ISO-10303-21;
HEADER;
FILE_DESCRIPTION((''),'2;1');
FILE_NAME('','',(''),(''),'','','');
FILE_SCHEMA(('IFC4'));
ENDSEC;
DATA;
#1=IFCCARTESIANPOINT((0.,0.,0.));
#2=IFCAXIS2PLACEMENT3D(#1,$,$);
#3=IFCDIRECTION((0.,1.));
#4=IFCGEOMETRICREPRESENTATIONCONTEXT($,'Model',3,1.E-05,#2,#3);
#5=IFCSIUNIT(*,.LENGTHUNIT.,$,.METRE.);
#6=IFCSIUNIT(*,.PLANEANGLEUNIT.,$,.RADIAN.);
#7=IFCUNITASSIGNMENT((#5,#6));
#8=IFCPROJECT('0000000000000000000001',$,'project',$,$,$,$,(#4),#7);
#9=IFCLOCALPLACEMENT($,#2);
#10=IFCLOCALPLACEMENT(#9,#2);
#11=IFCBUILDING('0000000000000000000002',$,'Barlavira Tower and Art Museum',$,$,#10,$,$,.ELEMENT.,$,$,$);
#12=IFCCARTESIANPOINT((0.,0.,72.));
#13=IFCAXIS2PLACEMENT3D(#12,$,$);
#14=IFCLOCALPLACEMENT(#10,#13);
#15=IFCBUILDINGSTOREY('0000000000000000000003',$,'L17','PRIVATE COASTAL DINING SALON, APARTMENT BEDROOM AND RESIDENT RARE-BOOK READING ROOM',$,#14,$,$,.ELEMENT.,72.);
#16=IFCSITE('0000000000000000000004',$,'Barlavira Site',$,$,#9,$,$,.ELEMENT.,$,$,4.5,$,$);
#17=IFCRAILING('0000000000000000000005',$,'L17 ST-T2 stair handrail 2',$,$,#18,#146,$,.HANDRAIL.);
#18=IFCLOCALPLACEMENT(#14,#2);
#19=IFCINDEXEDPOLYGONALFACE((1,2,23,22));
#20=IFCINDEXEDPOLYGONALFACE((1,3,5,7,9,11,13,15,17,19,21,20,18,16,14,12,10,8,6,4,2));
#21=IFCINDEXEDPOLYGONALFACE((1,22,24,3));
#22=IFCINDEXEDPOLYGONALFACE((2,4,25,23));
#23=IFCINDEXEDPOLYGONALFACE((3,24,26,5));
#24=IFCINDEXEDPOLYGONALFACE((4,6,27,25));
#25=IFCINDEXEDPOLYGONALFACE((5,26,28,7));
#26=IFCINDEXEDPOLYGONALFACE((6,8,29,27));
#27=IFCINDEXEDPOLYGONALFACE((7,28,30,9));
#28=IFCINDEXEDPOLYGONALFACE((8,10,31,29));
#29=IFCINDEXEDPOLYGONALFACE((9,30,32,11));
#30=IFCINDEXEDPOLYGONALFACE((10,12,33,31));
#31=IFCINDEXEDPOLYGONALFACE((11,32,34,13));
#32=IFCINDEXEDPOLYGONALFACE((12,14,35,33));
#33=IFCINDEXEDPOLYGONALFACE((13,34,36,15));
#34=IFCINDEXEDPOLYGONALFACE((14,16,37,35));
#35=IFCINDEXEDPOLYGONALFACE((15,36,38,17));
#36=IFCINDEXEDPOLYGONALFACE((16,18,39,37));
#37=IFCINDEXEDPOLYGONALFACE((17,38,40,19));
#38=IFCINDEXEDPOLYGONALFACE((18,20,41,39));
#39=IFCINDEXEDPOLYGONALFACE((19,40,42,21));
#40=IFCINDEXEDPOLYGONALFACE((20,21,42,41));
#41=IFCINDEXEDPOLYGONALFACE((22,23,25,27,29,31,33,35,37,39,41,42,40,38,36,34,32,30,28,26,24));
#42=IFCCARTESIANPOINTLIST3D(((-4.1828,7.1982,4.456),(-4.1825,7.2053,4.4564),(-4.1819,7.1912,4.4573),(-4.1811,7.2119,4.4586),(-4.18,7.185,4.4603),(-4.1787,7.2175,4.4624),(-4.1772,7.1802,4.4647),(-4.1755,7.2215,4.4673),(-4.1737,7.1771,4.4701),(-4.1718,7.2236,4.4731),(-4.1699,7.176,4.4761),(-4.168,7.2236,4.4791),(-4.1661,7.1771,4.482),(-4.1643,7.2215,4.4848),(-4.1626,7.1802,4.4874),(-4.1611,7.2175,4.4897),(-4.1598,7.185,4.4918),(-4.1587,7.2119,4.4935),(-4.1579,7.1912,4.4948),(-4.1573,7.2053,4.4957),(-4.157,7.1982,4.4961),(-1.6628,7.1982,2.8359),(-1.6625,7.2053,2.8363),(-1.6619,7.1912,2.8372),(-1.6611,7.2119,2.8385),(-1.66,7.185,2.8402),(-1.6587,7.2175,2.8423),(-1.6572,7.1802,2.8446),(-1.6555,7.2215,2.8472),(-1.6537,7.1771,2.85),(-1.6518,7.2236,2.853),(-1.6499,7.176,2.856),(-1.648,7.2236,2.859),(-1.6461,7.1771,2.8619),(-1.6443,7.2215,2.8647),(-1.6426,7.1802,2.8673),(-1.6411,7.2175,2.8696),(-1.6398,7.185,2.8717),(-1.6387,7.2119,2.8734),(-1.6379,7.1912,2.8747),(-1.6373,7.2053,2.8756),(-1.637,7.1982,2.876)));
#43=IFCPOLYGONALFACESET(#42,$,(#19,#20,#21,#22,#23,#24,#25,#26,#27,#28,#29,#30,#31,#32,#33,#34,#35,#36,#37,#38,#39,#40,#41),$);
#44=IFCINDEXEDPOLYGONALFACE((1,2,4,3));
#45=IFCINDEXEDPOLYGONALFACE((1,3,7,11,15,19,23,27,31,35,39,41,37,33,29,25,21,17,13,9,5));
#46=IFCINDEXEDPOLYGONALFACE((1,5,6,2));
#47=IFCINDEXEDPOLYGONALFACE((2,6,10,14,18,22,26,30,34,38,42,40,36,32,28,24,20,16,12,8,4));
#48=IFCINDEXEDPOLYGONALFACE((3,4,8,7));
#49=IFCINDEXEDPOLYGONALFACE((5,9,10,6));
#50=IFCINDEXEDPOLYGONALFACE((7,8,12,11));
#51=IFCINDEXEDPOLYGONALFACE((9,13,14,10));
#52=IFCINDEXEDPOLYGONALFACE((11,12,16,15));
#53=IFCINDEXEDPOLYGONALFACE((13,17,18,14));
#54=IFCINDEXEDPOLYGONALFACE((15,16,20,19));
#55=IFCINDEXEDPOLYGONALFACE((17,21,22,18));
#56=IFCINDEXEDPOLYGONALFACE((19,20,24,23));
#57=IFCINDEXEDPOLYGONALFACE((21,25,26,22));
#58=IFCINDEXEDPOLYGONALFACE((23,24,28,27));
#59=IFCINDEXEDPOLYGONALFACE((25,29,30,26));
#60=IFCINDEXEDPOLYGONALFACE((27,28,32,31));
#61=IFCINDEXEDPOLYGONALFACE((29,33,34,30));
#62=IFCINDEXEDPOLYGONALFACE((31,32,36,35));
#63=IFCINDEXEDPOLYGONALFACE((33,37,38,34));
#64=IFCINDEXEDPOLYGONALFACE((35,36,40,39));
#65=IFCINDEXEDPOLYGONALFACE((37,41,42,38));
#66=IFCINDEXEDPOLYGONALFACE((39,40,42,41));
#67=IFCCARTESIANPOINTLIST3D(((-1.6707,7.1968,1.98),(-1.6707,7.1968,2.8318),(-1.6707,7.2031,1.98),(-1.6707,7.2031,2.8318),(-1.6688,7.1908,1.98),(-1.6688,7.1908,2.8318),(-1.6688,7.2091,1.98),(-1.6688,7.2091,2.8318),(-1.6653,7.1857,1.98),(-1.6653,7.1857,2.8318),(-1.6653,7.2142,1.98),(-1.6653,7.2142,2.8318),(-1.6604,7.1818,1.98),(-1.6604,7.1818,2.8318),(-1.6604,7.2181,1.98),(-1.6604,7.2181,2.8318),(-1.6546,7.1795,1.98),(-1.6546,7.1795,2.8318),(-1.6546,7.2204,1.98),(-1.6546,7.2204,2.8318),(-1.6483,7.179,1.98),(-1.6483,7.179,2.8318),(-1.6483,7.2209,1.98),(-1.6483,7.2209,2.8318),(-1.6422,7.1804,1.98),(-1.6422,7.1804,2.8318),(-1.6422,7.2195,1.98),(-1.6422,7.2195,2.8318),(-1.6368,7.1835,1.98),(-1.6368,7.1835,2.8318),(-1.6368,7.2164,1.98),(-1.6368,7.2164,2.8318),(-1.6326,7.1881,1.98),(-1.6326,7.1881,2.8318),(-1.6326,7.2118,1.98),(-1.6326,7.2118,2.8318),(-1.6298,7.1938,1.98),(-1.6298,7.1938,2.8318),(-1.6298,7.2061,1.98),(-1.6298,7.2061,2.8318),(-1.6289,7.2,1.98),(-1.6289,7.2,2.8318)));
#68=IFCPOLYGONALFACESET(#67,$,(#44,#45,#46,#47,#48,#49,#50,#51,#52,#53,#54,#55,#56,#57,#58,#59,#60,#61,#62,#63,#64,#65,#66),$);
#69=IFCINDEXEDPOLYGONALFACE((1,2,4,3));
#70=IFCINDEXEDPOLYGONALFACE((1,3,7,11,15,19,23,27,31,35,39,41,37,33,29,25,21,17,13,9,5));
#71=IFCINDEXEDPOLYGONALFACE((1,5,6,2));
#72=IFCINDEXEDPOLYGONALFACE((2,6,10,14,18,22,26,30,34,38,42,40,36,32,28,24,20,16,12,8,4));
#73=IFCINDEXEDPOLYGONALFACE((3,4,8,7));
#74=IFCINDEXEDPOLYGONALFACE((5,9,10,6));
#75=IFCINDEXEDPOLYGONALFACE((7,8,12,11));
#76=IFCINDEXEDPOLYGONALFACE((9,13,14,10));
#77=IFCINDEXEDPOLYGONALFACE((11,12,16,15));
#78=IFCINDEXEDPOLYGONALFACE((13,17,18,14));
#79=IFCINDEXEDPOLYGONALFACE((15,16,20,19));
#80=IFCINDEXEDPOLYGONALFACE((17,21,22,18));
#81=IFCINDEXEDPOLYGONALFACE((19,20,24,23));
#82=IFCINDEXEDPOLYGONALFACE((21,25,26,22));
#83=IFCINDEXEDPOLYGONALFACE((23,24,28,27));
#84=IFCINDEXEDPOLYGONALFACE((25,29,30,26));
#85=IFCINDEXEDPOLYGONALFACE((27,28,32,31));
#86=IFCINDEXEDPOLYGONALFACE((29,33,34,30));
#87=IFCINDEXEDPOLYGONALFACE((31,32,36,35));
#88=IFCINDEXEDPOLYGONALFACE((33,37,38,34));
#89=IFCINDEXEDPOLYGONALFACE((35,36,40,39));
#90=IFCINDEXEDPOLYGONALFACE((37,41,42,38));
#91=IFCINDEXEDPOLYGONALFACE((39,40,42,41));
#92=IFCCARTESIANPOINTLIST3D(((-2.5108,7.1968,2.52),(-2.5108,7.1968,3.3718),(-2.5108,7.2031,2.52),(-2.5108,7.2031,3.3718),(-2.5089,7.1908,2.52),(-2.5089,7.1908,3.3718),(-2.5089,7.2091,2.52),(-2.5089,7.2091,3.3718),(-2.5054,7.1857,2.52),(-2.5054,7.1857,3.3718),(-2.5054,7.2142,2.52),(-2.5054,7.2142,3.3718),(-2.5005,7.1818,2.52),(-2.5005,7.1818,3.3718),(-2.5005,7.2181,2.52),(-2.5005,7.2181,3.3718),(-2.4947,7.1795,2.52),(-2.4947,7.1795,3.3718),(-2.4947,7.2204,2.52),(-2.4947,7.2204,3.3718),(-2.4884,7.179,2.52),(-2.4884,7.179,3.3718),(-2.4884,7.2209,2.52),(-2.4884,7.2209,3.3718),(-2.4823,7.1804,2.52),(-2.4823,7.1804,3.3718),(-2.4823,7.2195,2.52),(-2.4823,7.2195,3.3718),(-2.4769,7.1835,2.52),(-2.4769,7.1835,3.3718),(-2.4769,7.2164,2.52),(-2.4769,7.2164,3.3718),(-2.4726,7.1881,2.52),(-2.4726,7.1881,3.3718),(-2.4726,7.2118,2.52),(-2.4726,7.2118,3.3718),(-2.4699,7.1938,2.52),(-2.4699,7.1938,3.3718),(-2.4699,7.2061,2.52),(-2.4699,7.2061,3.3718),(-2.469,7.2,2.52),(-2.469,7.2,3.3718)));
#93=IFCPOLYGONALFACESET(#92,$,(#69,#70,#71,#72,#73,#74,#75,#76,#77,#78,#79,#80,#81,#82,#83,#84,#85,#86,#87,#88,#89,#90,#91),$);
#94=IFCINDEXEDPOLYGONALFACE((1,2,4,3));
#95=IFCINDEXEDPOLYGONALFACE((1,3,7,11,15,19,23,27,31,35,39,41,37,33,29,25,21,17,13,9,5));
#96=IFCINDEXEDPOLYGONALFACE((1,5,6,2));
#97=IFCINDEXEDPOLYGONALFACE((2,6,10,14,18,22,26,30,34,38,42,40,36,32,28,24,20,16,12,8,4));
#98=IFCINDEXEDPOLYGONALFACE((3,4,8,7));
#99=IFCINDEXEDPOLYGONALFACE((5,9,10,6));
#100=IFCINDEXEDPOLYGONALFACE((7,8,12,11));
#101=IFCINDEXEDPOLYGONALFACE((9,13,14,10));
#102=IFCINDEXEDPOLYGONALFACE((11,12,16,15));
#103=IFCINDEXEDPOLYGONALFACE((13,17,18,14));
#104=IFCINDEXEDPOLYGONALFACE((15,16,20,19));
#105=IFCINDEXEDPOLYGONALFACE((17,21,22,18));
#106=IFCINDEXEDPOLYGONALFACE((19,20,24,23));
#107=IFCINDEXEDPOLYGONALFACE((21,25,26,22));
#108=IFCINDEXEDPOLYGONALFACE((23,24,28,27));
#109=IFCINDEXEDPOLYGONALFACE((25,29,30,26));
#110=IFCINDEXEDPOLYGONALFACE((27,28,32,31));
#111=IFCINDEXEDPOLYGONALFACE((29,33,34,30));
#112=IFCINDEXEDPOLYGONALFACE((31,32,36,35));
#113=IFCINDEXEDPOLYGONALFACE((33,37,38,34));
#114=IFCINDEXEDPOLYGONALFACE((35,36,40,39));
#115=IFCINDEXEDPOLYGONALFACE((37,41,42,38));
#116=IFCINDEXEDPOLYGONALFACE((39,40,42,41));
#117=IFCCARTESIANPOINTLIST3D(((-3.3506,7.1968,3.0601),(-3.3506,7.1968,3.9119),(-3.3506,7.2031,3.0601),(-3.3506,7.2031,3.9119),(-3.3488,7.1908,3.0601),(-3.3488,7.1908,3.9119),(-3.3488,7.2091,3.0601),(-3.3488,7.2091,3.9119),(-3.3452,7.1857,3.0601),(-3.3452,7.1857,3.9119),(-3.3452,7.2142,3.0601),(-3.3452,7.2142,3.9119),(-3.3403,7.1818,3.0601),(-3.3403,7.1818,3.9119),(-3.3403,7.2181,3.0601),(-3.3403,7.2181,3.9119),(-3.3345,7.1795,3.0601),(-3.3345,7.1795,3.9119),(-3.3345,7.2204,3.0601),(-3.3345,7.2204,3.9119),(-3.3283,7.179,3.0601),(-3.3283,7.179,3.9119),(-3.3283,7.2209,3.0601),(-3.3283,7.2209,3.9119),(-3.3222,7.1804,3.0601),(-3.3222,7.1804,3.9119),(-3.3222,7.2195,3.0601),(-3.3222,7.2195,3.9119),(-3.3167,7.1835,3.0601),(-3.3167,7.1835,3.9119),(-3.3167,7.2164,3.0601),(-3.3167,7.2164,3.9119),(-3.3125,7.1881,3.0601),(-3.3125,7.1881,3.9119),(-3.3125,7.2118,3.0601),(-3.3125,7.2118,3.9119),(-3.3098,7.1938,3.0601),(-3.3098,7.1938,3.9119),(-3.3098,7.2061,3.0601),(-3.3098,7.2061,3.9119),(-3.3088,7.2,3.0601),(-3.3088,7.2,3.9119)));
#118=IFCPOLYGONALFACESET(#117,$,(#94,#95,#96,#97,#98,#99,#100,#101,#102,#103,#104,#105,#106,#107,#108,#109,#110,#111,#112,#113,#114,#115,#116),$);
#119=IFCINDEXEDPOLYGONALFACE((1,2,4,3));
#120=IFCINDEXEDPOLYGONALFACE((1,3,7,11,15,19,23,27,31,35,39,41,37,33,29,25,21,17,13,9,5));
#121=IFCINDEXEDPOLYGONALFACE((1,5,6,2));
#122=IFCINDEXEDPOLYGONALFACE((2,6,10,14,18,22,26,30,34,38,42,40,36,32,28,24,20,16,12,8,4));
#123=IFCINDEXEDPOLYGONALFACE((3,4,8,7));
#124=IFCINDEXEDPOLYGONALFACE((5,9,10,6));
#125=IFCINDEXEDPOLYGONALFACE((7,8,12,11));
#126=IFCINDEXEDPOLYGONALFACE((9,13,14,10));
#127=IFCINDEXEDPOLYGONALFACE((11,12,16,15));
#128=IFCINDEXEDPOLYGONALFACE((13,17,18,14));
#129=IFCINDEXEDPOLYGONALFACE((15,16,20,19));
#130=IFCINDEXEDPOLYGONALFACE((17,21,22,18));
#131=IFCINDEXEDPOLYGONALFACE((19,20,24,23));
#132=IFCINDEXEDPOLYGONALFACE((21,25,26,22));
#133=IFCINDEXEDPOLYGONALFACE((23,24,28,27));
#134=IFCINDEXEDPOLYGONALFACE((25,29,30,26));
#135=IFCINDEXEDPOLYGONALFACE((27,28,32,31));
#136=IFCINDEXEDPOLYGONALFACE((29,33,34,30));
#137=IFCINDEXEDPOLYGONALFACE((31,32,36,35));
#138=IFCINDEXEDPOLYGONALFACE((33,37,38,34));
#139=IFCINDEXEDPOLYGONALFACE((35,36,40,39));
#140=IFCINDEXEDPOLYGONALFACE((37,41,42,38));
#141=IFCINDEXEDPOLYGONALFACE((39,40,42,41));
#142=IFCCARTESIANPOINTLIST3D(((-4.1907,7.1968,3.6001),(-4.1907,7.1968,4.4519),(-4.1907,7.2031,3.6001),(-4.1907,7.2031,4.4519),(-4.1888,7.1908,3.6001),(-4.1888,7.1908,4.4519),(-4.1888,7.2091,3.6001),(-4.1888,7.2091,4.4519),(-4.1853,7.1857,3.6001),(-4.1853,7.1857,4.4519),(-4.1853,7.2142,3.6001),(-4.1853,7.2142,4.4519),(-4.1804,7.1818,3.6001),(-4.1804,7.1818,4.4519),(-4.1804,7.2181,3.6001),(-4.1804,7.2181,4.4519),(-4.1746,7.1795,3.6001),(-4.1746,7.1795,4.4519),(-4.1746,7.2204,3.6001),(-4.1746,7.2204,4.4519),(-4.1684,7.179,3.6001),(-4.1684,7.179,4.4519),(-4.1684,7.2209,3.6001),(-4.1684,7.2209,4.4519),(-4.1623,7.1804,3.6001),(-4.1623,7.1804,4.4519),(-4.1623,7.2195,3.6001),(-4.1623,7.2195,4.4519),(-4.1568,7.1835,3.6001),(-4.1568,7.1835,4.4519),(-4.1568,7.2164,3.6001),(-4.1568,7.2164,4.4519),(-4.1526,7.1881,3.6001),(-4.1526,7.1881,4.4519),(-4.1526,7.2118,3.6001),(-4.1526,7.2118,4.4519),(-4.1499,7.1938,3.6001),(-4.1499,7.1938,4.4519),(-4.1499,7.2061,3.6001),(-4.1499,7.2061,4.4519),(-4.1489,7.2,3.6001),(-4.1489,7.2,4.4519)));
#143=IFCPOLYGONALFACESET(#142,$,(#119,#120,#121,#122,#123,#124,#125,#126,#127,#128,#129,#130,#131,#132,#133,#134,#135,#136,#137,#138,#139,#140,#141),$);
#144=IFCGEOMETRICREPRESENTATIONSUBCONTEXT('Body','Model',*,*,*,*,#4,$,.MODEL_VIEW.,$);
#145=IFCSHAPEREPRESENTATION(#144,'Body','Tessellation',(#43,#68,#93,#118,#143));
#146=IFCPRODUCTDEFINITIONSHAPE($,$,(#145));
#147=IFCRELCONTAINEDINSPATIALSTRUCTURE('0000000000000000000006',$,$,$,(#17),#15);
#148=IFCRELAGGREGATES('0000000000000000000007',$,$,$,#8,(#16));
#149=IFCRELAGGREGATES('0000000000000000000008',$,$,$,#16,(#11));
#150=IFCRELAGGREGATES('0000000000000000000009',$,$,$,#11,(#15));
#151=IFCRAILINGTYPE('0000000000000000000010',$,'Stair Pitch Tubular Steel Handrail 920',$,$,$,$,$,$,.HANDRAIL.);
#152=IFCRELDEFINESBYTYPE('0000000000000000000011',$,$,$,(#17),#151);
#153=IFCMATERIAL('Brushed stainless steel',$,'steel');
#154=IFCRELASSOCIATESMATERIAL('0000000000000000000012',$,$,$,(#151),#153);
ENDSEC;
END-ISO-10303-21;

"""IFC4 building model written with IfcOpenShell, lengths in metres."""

from ifc_helpers import new_model, si_unit, direction, frame, origin, origin_2d, place, context, subcontext, project, spatial, circle, extrude, material, type_object, element, save


model = new_model("IFC4")

# Units and contexts
model_context = context("Model", 3, precision=1e-05, world=origin(), true_north=direction((0.0, 1.0)))
body_context = subcontext(model_context, "Body", "Model", "MODEL_VIEW")
ifc_project = project(units=[si_unit("LENGTHUNIT", "METRE"), si_unit("PLANEANGLEUNIT", "RADIAN")], contexts=[model_context])

# Site, building, storey
site_placement = place(None, origin())
site = spatial("IfcSite", under=ifc_project, at=site_placement, Name="Barlavira Site", CompositionType="ELEMENT", RefElevation=4.5)
building_placement = place(site_placement, origin())
building = spatial("IfcBuilding", under=site, at=building_placement, Name="Barlavira Tower and Art Museum", CompositionType="ELEMENT")
storey_placement = place(building_placement, frame((0.0, 0.0, 72.0)))
storey = spatial("IfcBuildingStorey", under=building, at=storey_placement, Name="L17", Description="PRIVATE COASTAL DINING SALON, APARTMENT BEDROOM AND RESIDENT RARE-BOOK READING ROOM", CompositionType="ELEMENT", Elevation=72.0)

# Shared definitions
ifc_material_1 = material(Name="Brushed stainless steel", Category="steel")

# Railing
railing_type_1 = type_object("IfcRailingType", Name="Stair Pitch Tubular Steel Handrail 920", PredefinedType="HANDRAIL", material=ifc_material_1)
railing_1_placement = place(storey_placement, frame((-1.6499, 7.2, 1.98)))
element("IfcRailing", 1, at=railing_1_placement, inside=storey, type_object=railing_type_1, Name="L17 ST-T2 stair handrail 2", PredefinedType="HANDRAIL", context=body_context, shape_type="SweptSolid", body=[
    extrude(circle(Radius=0.0239, at=origin_2d()), frame((0.0, 0.0, 0.876), z_axis=(-0.841163, 0.0, 0.540782), x_axis=(0.0, -1.0, 0.0)), (0.0, 0.0, 1.0), 2.9958),
    extrude(circle(Radius=0.021, at=origin_2d()), origin(), (0.0, 0.0, 1.0), 0.8518),
    extrude(circle(Radius=0.021, at=origin_2d()), frame((-0.8401, 0.0, 0.54)), (0.0, 0.0, 1.0), 0.8518),
    extrude(circle(Radius=0.021, at=origin_2d()), frame((-1.6799, 0.0, 1.0801)), (0.0, 0.0, 1.0), 0.8518),
    extrude(circle(Radius=0.021, at=origin_2d()), frame((-2.52, 0.0, 1.6201)), (0.0, 0.0, 1.0), 0.8518),
])

save(model, "model.ifc")
